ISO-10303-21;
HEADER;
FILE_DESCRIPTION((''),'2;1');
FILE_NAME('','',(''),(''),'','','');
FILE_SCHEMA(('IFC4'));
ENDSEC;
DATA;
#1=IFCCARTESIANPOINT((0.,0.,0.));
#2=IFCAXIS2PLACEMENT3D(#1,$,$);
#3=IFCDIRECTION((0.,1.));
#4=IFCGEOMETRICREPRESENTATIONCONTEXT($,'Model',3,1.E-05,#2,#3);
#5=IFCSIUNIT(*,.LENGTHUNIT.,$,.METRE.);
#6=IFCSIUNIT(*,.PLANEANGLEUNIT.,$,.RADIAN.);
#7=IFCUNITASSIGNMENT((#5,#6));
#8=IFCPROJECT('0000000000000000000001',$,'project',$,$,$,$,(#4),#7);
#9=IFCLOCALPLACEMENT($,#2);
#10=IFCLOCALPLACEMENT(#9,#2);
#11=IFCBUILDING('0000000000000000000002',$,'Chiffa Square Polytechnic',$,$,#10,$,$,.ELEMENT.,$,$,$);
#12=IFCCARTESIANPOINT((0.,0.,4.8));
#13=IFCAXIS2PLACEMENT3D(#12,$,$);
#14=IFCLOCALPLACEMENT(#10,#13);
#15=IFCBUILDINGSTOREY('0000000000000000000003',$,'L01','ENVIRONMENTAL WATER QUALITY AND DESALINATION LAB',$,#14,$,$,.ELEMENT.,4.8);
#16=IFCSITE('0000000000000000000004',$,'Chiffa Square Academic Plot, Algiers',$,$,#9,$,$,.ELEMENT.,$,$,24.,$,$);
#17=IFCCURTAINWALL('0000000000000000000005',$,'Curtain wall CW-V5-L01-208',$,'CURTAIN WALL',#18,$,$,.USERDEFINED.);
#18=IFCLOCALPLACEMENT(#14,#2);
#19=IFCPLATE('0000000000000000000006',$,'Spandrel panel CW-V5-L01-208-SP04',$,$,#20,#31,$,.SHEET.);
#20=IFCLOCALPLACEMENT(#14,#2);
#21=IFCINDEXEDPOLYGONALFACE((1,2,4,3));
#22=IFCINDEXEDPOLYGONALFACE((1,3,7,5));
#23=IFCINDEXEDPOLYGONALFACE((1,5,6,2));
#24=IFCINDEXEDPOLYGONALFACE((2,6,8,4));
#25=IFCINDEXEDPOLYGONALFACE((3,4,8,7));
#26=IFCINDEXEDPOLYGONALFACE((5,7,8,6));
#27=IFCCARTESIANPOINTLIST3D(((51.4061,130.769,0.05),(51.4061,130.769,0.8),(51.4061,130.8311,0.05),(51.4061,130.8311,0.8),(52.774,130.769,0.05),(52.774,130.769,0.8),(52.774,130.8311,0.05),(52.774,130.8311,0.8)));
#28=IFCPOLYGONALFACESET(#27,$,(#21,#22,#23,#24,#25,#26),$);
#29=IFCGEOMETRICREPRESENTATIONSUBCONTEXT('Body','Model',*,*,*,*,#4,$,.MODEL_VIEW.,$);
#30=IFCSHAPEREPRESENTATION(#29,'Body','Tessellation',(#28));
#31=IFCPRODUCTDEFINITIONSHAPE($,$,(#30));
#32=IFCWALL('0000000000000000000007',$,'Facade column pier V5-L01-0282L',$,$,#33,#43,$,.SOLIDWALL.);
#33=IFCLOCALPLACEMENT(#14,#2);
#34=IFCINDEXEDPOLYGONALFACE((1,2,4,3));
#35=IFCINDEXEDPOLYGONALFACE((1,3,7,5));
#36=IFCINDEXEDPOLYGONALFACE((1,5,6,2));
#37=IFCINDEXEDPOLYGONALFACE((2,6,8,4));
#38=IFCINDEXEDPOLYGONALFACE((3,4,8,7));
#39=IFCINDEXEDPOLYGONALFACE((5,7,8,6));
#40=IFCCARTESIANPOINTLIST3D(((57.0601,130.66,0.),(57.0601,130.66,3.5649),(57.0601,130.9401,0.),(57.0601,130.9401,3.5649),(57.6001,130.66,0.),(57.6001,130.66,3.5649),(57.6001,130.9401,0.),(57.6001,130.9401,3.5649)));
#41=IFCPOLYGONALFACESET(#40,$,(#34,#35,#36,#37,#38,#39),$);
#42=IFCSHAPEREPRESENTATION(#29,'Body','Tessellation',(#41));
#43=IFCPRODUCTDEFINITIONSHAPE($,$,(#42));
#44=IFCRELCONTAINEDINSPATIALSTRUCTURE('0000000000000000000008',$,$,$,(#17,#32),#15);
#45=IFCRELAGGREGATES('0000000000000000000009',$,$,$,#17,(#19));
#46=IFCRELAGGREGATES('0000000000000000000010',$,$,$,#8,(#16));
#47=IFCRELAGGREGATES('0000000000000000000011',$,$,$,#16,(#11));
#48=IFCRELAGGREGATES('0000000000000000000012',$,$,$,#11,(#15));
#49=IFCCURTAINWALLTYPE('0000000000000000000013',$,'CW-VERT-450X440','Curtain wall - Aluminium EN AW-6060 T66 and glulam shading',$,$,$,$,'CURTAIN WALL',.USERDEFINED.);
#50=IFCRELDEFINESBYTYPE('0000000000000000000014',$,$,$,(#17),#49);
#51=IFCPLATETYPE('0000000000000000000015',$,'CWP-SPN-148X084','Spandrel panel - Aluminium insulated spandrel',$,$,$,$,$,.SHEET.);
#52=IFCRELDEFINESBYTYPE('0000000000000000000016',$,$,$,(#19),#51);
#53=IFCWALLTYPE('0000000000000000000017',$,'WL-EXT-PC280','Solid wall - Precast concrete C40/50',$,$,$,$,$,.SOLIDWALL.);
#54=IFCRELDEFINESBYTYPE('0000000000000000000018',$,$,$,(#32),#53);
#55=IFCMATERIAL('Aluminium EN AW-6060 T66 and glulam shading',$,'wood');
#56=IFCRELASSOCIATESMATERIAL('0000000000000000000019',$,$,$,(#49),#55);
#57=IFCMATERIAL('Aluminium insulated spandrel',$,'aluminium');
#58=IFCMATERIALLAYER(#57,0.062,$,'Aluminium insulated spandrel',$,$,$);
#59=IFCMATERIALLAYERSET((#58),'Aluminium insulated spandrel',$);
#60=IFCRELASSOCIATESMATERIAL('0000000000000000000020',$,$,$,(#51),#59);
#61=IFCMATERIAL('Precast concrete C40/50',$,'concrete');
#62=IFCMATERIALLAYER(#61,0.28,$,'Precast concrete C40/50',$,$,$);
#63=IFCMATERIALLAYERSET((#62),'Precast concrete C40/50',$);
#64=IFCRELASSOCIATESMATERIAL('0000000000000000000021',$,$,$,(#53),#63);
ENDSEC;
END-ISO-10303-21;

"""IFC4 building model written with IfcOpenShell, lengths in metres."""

from ifc_helpers import new_model, si_unit, direction, frame, frame_2d, origin, origin_2d, place, context, subcontext, project, spatial, rectangle, extrude, material, layer, layer_set, type_object, element, aggregate, save


model = new_model("IFC4")

# Units and contexts
model_context = context("Model", 3, precision=1e-05, world=origin(), true_north=direction((0.0, 1.0)))
body_context = subcontext(model_context, "Body", "Model", "MODEL_VIEW")
ifc_project = project(units=[si_unit("LENGTHUNIT", "METRE"), si_unit("PLANEANGLEUNIT", "RADIAN")], contexts=[model_context])

# Site, building, storey
site_placement = place(None, origin())
site = spatial("IfcSite", under=ifc_project, at=site_placement, Name="Chiffa Square Academic Plot, Algiers", CompositionType="ELEMENT", RefElevation=24.0)
building_placement = place(site_placement, origin())
building = spatial("IfcBuilding", under=site, at=building_placement, Name="Chiffa Square Polytechnic", CompositionType="ELEMENT")
storey_placement = place(building_placement, frame((0.0, 0.0, 4.8)))
storey = spatial("IfcBuildingStorey", under=building, at=storey_placement, Name="L01", Description="ENVIRONMENTAL WATER QUALITY AND DESALINATION LAB", CompositionType="ELEMENT", Elevation=4.8)

# Curtain wall, plate
ifc_material_1 = material(Name="Aluminium EN AW-6060 T66 and glulam shading", Category="wood")
curtain_wall_type = type_object("IfcCurtainWallType", Name="CW-VERT-450X440", Description="Curtain wall - Aluminium EN AW-6060 T66 and glulam shading", ElementType="CURTAIN WALL", PredefinedType="USERDEFINED", material=ifc_material_1)
curtain_wall_placement = place(storey_placement, origin())
curtain_wall = element("IfcCurtainWall", 1, at=curtain_wall_placement, inside=storey, type_object=curtain_wall_type, Name="Curtain wall CW-V5-L01-208", ObjectType="CURTAIN WALL", PredefinedType="USERDEFINED")
ifc_material_2 = material(Name="Aluminium insulated spandrel", Category="aluminium")
ifc_layer_1 = layer(ifc_material_2, 0.062, Name="Aluminium insulated spandrel")
ifc_layer_set_1 = layer_set([ifc_layer_1], Name="Aluminium insulated spandrel")
plate_type_1 = type_object("IfcPlateType", Name="CWP-SPN-148X084", Description="Spandrel panel - Aluminium insulated spandrel", PredefinedType="SHEET", material=ifc_layer_set_1)
plate_1_placement = place(storey_placement, frame((52.0901, 130.8, 0.05), z_axis=(0.0, 0.0, 1.0), x_axis=(-1.0, 0.0, 0.0)))
plate_1 = element("IfcPlate", 2, at=plate_1_placement, type_object=plate_type_1, Name="Spandrel panel CW-V5-L01-208-SP04", PredefinedType="SHEET", context=body_context, shape_type="SweptSolid", body=[
    extrude(rectangle(XDim=1.3679, YDim=0.062, at=origin_2d()), origin(), (0.0, 0.0, 1.0), 0.75),
])
aggregate(curtain_wall, [plate_1])

# Wall
ifc_material_3 = material(Name="Precast concrete C40/50", Category="concrete")
ifc_layer_2 = layer(ifc_material_3, 0.28, Name="Precast concrete C40/50")
ifc_layer_set_2 = layer_set([ifc_layer_2], Name="Precast concrete C40/50")
wall_type = type_object("IfcWallType", Name="WL-EXT-PC280", Description="Solid wall - Precast concrete C40/50", PredefinedType="SOLIDWALL", material=ifc_layer_set_2)
wall_placement = place(storey_placement, frame((57.6001, 130.8, 0.0), z_axis=(0.0, 0.0, 1.0), x_axis=(-1.0, 0.0, 0.0)))
element("IfcWall", 3, at=wall_placement, inside=storey, type_object=wall_type, Name="Facade column pier V5-L01-0282L", PredefinedType="SOLIDWALL", context=body_context, shape_type="SweptSolid", body=[
    extrude(rectangle(XDim=0.54, YDim=0.28, at=frame_2d((0.27, 0.0))), origin(), (0.0, 0.0, 1.0), 3.5649),
])

save(model, "model.ifc")
